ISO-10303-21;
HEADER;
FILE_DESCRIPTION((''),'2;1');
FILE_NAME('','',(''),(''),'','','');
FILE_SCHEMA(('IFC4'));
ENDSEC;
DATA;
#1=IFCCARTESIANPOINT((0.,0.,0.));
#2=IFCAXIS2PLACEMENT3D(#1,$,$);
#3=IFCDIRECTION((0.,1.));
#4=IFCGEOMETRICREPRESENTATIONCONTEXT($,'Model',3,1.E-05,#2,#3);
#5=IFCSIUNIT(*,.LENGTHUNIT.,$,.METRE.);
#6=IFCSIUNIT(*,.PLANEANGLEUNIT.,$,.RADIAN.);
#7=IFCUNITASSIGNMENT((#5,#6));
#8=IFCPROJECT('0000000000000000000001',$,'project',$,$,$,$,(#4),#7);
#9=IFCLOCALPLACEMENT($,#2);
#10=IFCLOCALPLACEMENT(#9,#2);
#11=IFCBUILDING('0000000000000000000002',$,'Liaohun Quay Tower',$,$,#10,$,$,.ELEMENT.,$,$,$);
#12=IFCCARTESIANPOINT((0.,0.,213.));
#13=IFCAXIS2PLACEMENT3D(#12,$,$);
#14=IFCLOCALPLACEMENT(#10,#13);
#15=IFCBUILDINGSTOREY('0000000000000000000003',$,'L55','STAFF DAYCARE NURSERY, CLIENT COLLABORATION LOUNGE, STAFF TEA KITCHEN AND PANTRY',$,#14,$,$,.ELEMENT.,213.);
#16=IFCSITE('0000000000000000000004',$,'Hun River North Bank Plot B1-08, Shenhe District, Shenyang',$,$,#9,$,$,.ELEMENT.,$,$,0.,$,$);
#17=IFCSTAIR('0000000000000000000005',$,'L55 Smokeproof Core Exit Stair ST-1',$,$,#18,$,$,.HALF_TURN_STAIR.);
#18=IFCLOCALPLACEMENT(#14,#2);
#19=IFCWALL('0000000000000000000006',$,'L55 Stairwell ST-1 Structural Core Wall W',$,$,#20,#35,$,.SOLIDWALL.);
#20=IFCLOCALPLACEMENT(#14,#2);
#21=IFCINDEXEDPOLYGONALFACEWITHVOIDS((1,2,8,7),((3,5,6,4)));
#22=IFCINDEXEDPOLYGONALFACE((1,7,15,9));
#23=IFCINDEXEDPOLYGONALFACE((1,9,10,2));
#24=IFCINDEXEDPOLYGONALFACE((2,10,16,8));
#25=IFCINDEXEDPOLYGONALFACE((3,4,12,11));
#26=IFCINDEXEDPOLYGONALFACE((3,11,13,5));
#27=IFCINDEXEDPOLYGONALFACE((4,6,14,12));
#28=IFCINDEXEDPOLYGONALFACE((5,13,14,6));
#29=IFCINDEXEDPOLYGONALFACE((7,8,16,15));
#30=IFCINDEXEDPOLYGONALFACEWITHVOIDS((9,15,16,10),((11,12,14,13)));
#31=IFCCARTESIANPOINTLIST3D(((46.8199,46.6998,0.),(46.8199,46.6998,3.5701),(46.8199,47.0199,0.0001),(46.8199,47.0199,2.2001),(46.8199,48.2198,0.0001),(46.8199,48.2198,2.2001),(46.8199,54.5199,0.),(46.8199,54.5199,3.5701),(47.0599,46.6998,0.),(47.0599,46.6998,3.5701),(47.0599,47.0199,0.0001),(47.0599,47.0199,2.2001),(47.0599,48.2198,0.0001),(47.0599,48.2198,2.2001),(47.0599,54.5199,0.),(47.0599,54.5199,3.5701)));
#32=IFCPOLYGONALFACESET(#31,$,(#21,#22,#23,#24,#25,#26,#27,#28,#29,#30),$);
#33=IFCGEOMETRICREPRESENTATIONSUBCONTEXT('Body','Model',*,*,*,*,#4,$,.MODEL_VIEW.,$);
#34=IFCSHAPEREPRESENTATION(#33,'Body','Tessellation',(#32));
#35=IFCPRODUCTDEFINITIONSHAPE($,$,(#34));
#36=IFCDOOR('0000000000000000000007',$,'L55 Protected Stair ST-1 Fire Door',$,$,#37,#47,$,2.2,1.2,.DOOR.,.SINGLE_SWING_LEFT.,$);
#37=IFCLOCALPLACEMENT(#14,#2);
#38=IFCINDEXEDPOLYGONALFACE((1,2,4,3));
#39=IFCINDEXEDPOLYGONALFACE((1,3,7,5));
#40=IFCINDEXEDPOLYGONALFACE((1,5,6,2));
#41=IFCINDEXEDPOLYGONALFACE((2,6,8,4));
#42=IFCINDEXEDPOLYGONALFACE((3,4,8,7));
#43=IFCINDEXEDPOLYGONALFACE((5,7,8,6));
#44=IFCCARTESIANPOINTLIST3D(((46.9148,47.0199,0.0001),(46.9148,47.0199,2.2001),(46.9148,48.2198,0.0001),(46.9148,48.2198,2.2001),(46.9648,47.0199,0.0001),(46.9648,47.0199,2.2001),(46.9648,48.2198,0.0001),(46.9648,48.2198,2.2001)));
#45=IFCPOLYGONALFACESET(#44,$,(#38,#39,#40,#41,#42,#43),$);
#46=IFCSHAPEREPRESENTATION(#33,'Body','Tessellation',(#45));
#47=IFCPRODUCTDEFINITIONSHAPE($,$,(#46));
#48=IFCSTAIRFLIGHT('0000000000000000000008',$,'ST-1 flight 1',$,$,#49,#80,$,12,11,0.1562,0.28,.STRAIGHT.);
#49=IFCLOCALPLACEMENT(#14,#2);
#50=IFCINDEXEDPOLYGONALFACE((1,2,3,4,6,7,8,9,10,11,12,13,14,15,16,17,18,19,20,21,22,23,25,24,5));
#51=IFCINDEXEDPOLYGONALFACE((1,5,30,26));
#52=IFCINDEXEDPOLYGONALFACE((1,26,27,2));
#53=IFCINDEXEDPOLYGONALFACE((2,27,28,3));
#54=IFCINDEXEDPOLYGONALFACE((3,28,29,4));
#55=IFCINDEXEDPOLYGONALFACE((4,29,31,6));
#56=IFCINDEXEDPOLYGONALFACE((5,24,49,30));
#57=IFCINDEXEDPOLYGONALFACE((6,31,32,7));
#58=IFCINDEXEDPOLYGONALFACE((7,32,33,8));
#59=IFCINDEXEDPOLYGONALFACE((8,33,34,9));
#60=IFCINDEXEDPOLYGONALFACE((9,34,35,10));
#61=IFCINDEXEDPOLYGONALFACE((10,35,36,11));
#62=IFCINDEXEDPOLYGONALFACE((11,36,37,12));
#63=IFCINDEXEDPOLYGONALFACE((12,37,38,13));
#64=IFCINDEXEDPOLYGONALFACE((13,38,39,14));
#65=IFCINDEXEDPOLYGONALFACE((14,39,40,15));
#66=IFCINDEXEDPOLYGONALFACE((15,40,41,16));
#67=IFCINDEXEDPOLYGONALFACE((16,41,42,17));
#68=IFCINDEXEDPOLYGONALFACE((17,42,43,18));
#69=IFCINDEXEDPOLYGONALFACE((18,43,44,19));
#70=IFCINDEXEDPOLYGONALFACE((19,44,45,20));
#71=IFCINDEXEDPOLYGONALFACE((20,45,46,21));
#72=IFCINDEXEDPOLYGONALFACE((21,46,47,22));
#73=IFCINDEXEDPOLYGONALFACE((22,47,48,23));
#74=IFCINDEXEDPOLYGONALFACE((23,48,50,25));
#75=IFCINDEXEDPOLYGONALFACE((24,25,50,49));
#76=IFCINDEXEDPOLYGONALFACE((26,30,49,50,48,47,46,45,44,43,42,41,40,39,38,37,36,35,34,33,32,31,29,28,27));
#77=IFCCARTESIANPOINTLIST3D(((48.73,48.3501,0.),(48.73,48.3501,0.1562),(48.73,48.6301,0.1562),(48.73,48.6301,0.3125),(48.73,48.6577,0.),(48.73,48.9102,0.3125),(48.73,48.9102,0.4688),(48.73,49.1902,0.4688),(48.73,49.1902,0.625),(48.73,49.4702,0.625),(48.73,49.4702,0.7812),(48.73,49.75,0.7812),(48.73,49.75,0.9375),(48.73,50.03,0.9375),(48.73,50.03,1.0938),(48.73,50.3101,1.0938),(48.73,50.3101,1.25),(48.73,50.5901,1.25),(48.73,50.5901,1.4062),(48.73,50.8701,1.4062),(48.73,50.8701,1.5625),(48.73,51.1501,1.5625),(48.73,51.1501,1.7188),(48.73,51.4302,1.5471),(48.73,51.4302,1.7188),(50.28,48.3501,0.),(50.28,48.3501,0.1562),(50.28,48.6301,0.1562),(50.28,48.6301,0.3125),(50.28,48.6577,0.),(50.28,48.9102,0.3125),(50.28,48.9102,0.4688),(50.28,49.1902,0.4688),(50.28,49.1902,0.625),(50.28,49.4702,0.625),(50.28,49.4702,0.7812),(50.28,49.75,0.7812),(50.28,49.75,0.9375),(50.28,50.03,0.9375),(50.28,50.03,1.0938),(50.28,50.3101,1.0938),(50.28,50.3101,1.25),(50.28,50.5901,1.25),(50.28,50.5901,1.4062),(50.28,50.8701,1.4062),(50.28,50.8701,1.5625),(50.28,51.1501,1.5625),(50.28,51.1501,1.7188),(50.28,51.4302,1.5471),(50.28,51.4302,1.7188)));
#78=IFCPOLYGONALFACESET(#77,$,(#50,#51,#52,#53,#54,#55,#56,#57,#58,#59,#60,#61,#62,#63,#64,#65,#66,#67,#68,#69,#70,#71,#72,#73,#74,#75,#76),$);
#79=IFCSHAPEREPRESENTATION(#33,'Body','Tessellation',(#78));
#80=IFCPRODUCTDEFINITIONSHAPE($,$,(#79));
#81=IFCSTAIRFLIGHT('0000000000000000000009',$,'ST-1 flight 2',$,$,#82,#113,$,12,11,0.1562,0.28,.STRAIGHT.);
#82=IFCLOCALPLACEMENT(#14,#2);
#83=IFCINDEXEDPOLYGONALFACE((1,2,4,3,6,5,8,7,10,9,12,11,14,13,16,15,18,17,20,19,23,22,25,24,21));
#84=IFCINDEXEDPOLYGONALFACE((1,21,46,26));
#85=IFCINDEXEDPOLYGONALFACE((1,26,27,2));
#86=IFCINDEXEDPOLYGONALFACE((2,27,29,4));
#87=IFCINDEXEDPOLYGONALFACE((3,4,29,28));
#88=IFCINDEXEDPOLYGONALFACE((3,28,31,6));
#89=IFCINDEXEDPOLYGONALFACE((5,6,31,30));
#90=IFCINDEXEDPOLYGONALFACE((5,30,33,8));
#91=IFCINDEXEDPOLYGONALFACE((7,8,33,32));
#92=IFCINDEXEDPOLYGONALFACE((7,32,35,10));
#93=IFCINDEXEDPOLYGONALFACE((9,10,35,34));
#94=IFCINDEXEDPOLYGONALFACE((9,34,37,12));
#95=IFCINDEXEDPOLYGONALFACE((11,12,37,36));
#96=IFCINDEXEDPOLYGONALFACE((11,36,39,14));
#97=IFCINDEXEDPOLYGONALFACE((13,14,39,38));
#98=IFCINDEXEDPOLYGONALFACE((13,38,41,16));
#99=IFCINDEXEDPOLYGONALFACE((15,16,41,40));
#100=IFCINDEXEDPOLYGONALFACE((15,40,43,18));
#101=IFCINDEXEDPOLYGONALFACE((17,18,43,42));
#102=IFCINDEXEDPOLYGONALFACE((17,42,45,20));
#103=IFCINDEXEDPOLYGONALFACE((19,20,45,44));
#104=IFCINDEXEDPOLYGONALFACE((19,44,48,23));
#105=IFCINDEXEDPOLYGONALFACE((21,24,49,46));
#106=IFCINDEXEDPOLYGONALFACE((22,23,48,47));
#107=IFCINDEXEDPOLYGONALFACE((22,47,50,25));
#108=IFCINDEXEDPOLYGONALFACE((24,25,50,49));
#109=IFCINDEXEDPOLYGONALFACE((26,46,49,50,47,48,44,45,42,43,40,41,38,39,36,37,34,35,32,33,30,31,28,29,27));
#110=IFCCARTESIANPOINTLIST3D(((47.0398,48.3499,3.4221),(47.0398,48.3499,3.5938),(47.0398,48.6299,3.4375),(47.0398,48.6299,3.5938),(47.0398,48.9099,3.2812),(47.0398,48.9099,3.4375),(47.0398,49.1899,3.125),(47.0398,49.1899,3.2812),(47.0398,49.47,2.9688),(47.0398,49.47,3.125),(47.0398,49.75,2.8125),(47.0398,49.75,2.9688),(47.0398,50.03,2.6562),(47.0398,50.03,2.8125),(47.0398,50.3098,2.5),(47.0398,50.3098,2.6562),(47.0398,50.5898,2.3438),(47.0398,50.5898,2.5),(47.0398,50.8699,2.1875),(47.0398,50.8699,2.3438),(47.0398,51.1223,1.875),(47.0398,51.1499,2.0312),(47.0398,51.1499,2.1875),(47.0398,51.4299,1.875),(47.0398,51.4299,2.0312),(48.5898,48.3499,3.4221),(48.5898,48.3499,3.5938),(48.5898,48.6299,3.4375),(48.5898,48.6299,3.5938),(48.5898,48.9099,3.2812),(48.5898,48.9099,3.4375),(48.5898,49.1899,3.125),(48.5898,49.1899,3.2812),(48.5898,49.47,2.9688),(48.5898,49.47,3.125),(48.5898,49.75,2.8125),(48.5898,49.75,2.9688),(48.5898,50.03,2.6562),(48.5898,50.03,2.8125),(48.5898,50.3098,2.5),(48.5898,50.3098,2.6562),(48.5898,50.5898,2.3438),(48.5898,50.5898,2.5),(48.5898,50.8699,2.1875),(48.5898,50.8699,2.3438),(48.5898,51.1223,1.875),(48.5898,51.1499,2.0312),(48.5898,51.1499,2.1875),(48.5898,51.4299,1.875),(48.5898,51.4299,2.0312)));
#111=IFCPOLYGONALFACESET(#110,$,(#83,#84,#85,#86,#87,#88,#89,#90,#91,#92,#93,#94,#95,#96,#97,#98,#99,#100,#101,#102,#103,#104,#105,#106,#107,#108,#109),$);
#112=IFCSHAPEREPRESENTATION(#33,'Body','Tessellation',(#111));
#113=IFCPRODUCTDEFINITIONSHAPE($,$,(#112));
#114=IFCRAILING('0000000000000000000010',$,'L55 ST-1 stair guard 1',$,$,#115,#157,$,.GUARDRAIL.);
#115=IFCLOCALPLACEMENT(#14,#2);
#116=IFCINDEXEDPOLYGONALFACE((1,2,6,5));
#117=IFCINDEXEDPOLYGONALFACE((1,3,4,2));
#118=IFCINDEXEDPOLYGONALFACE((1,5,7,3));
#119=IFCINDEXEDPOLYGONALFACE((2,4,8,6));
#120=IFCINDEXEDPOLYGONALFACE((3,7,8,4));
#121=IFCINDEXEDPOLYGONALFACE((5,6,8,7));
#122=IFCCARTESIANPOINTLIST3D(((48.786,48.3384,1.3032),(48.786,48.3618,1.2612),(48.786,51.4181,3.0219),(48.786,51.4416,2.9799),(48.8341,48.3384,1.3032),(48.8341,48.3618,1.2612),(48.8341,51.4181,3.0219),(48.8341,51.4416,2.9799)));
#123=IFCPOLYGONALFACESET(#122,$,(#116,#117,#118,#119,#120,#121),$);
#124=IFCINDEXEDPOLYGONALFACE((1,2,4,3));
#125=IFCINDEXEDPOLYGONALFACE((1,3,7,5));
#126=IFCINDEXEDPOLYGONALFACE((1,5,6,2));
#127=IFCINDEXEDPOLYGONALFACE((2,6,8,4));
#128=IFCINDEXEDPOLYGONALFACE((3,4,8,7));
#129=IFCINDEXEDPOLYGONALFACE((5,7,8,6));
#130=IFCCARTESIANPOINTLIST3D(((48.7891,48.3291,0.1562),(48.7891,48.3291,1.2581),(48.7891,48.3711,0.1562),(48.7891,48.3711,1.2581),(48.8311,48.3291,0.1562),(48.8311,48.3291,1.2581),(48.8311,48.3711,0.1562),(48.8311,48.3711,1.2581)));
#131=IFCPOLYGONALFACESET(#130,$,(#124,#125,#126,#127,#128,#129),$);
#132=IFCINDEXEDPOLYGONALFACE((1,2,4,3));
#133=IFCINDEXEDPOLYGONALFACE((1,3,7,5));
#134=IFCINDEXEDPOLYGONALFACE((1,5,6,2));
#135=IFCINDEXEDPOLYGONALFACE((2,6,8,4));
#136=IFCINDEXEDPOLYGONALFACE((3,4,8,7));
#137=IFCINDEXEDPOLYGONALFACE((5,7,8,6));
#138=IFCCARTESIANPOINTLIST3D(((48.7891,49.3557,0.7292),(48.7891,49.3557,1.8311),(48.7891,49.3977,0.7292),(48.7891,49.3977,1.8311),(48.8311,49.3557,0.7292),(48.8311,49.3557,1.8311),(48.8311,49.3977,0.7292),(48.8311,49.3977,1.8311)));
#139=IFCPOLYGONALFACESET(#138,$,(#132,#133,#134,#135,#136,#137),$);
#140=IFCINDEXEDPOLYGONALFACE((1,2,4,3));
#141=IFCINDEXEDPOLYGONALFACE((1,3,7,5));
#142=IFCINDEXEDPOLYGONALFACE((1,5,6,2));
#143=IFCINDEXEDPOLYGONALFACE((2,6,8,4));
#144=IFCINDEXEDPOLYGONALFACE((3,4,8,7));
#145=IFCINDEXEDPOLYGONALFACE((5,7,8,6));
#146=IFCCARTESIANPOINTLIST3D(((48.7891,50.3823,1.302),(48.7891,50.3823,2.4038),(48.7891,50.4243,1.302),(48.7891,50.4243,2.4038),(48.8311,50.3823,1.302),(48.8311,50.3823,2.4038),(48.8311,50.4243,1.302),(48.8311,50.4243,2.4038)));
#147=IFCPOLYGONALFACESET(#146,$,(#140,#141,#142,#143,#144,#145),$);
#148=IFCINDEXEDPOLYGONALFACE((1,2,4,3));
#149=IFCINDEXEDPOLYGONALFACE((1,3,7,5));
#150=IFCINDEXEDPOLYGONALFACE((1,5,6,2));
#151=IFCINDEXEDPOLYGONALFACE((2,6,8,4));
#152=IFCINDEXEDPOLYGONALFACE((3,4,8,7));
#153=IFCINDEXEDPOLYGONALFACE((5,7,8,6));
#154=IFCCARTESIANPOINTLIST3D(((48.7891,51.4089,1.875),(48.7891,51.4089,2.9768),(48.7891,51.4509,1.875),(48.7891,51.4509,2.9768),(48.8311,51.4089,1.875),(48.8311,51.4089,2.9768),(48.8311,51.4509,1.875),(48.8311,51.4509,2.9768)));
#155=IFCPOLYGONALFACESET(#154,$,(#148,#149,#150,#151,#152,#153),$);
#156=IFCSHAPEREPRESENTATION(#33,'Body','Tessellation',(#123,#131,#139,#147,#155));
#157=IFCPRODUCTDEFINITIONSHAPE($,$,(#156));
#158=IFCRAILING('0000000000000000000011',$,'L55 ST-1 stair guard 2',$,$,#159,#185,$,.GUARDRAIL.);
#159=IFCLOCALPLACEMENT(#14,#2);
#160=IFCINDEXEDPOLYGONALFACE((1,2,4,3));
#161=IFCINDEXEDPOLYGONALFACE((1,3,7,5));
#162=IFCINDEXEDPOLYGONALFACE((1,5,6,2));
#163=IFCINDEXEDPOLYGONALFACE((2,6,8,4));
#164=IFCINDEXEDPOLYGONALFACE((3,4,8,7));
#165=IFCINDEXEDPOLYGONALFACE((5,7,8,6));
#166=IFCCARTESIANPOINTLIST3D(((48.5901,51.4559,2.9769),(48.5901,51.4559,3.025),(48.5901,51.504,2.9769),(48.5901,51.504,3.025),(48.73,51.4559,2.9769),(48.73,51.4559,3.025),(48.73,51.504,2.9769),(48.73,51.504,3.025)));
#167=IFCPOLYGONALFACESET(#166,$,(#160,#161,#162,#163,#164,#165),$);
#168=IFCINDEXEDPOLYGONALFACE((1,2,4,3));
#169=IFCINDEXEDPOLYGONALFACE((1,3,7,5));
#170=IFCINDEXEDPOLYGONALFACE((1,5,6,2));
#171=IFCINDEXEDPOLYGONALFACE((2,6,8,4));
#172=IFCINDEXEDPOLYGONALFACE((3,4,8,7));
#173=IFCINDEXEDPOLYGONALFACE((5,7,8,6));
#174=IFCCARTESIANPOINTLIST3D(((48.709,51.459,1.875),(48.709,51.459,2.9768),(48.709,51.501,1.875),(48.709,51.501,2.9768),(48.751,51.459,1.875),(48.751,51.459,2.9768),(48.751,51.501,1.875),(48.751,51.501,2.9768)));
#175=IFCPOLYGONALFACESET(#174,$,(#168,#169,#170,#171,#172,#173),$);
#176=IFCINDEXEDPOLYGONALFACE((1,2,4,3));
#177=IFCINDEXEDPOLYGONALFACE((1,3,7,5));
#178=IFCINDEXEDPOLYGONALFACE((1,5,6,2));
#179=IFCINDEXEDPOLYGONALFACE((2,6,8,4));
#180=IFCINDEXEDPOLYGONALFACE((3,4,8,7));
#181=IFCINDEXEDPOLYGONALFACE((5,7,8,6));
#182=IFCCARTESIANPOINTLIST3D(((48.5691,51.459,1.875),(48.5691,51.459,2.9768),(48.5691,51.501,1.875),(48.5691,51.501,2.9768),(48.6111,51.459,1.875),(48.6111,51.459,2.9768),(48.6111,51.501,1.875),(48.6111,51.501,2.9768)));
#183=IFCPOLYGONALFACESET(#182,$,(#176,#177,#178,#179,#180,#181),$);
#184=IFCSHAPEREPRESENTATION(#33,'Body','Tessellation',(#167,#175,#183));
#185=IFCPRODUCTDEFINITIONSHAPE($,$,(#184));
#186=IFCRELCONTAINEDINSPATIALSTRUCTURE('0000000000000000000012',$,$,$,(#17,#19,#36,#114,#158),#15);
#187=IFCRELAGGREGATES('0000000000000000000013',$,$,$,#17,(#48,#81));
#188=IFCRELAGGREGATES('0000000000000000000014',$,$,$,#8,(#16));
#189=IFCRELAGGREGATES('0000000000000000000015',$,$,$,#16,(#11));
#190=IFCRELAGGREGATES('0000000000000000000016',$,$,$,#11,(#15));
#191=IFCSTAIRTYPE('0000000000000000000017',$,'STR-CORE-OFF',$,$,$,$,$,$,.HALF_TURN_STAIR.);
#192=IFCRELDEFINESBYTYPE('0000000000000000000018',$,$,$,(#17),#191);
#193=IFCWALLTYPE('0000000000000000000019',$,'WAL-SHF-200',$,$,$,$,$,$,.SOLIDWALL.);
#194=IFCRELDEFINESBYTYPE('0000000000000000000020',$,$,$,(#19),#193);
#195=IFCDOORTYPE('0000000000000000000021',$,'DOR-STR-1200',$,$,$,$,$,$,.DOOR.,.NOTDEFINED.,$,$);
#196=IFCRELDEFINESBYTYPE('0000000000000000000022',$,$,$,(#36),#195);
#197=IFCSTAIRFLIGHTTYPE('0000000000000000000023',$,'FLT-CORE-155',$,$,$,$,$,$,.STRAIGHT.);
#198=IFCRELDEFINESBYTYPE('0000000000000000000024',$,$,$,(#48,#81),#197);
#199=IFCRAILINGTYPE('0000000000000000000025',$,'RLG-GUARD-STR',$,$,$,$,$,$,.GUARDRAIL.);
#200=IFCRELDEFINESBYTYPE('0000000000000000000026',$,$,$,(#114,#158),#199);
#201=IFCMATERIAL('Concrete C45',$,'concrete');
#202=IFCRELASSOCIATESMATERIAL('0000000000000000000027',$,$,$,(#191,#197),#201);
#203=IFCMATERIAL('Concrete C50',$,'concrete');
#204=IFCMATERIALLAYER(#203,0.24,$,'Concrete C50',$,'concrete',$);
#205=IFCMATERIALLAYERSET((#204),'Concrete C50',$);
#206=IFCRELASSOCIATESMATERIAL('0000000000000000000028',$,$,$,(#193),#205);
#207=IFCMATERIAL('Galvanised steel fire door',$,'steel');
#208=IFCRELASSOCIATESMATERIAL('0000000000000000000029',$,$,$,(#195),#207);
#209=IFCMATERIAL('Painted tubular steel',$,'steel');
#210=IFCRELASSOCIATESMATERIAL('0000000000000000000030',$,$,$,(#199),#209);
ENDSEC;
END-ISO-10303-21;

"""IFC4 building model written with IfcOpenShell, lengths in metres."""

from ifc_helpers import new_model, si_unit, direction, frame, frame_2d, origin, origin_2d, place, context, subcontext, project, spatial, polyline, rectangle, outline, extrude, source, transform, mapped, material, layer, layer_set, type_object, element, fill, aggregate, save


model = new_model("IFC4")

# Units and contexts
model_context = context("Model", 3, precision=1e-05, world=origin(), true_north=direction((0.0, 1.0)))
body_context = subcontext(model_context, "Body", "Model", "MODEL_VIEW")
ifc_project = project(units=[si_unit("LENGTHUNIT", "METRE"), si_unit("PLANEANGLEUNIT", "RADIAN")], contexts=[model_context])

# Site, building, storey
site_placement = place(None, origin())
site = spatial("IfcSite", under=ifc_project, at=site_placement, Name="Hun River North Bank Plot B1-08, Shenhe District, Shenyang", CompositionType="ELEMENT", RefElevation=0.0)
building_placement = place(site_placement, origin())
building = spatial("IfcBuilding", under=site, at=building_placement, Name="Liaohun Quay Tower", CompositionType="ELEMENT")
storey_placement = place(building_placement, frame((0.0, 0.0, 213.0)))
storey = spatial("IfcBuildingStorey", under=building, at=storey_placement, Name="L55", Description="STAFF DAYCARE NURSERY, CLIENT COLLABORATION LOUNGE, STAFF TEA KITCHEN AND PANTRY", CompositionType="ELEMENT", Elevation=213.0)

# Stair
ifc_material_1 = material(Name="Concrete C45", Category="concrete")
stair_type = type_object("IfcStairType", Name="STR-CORE-OFF", PredefinedType="HALF_TURN_STAIR", material=ifc_material_1)
stair_1_placement = place(storey_placement, origin())
stair_1 = element("IfcStair", 1, at=stair_1_placement, inside=storey, type_object=stair_type, Name="L55 Smokeproof Core Exit Stair ST-1", PredefinedType="HALF_TURN_STAIR")

# Shared definitions
ifc_material_2 = material(Name="Concrete C50", Category="concrete")
ifc_layer_1 = layer(ifc_material_2, 0.24, Name="Concrete C50", Category="concrete")
ifc_layer_set_1 = layer_set([ifc_layer_1], Name="Concrete C50")
wall_type_1 = type_object("IfcWallType", Name="WAL-SHF-200", PredefinedType="SOLIDWALL", material=ifc_layer_set_1)

# Wall, opening, door
wall_1_placement = place(storey_placement, frame((46.9399, 54.52, 0.0), z_axis=(0.0, 0.0, 1.0), x_axis=(0.0, -1.0, 0.0)))
wall_1 = element("IfcWall", 2, at=wall_1_placement, inside=storey, type_object=wall_type_1, Name="L55 Stairwell ST-1 Structural Core Wall W", PredefinedType="SOLIDWALL", context=body_context, shape_type="SweptSolid", body=[
    extrude(rectangle(XDim=7.8201, YDim=0.24, at=frame_2d((3.9102, 0.0))), origin(), (0.0, 0.0, 1.0), 3.5701),
])
shared_shape_1 = source(origin(), body_context, "Body", "SweptSolid", [
    extrude(rectangle(XDim=1.2, YDim=2.2, at=frame_2d((0.6001, 1.1001))), frame((0.0, 0.1299, 0.0), z_axis=(0.0, -1.0, 0.0), x_axis=(1.0, 0.0, 0.0)), (0.0, 0.0, 1.0), 0.26),
])
opening_1_placement = place(wall_1_placement, frame((6.3, 0.0, 0.0)))
opening_1 = element("IfcOpeningElement", 3, at=opening_1_placement, cuts=wall_1, PredefinedType="OPENING", context=body_context, shape_type="MappedRepresentation", body=[
    mapped(shared_shape_1, transform((0.0, 0.0, 0.0), x_axis=(1.0, 0.0, 0.0), y_axis=(0.0, 1.0, 0.0), z_axis=(0.0, 0.0, 1.0), scale=1.0)),
])
ifc_material_3 = material(Name="Galvanised steel fire door", Category="steel")
door_type_1 = type_object("IfcDoorType", Name="DOR-STR-1200", OperationType="NOTDEFINED", PredefinedType="DOOR", material=ifc_material_3)
shared_shape_2 = source(origin(), body_context, "Body", "SweptSolid", [
    extrude(rectangle(XDim=1.2, YDim=2.2, at=frame_2d((0.6001, 1.1001))), frame((0.0, 0.0249, 0.0), z_axis=(0.0, -1.0, 0.0), x_axis=(1.0, 0.0, 0.0)), (0.0, 0.0, 1.0), 0.05),
])
door_1_placement = place(opening_1_placement, origin())
door_1 = element("IfcDoor", 4, at=door_1_placement, inside=storey, type_object=door_type_1, Name="L55 Protected Stair ST-1 Fire Door", OperationType="SINGLE_SWING_LEFT", OverallHeight=2.2, OverallWidth=1.2, PredefinedType="DOOR", context=body_context, shape_type="MappedRepresentation", body=[
    mapped(shared_shape_2, transform((0.0, 0.0, 0.0), x_axis=(1.0, 0.0, 0.0), y_axis=(0.0, 1.0, 0.0), z_axis=(0.0, 0.0, 1.0), scale=1.0)),
])
fill(opening_1, door_1)

# Stair flights
stair_flight_type = type_object("IfcStairFlightType", Name="FLT-CORE-155", PredefinedType="STRAIGHT", material=ifc_material_1)
stair_flight_1_placement = place(storey_placement, frame((49.5049, 48.3501, 0.0), z_axis=(0.0, 0.0, 1.0), x_axis=(0.0, 1.0, 0.0)))
stair_flight_1 = element("IfcStairFlight", 5, at=stair_flight_1_placement, type_object=stair_flight_type, Name="ST-1 flight 1", NumberOfRisers=12, NumberOfTreads=11, PredefinedType="STRAIGHT", RiserHeight=0.1562, TreadLength=0.28, context=body_context, shape_type="SweptSolid", body=[
    extrude(outline(polyline([(0.0, 0.0), (0.0, 0.1562), (0.28, 0.1562), (0.28, 0.3125), (0.5601, 0.3125), (0.5601, 0.4688), (0.8401, 0.4688), (0.8401, 0.625), (1.1201, 0.625), (1.1201, 0.7812), (1.3999, 0.7812), (1.3999, 0.9375), (1.6799, 0.9375), (1.6799, 1.0938), (1.96, 1.0938), (1.96, 1.25), (2.24, 1.25), (2.24, 1.4062), (2.52, 1.4062), (2.52, 1.5625), (2.8, 1.5625), (2.8, 1.7188), (3.0801, 1.7188), (3.0801, 1.875), (3.0801, 1.5471), (0.3076, 0.0), (0.0, 0.0)])), frame((0.0, 0.7749, 0.0), z_axis=(0.0, -1.0, 0.0), x_axis=(1.0, 0.0, 0.0)), (0.0, 0.0, 1.0), 1.55),
])
stair_flight_2_placement = place(storey_placement, frame((47.8149, 51.4299, 1.875), z_axis=(0.0, 0.0, 1.0), x_axis=(0.0, -1.0, 0.0)))
stair_flight_2 = element("IfcStairFlight", 6, at=stair_flight_2_placement, type_object=stair_flight_type, Name="ST-1 flight 2", NumberOfRisers=12, NumberOfTreads=11, PredefinedType="STRAIGHT", RiserHeight=0.1562, TreadLength=0.28, context=body_context, shape_type="SweptSolid", body=[
    extrude(outline(polyline([(0.0, 0.0), (0.0, 0.1562), (0.28, 0.1562), (0.28, 0.3125), (0.5601, 0.3125), (0.5601, 0.4688), (0.8401, 0.4688), (0.8401, 0.625), (1.1201, 0.625), (1.1201, 0.7812), (1.3999, 0.7812), (1.3999, 0.9375), (1.6799, 0.9375), (1.6799, 1.0938), (1.96, 1.0938), (1.96, 1.25), (2.24, 1.25), (2.24, 1.4062), (2.52, 1.4062), (2.52, 1.5625), (2.8, 1.5625), (2.8, 1.7188), (3.0801, 1.7188), (3.0801, 1.875), (3.0801, 1.5471), (0.3076, 0.0), (0.0, 0.0)])), frame((0.0, 0.7749, 0.0), z_axis=(0.0, -1.0, 0.0), x_axis=(1.0, 0.0, 0.0)), (0.0, 0.0, 1.0), 1.55),
])
aggregate(stair_1, [stair_flight_1, stair_flight_2])

# Railings
ifc_material_4 = material(Name="Painted tubular steel", Category="steel")
railing_type_1 = type_object("IfcRailingType", Name="RLG-GUARD-STR", PredefinedType="GUARDRAIL", material=ifc_material_4)
railing_1_placement = place(storey_placement, frame((48.8101, 48.3501, 0.1562)))
element("IfcRailing", 7, at=railing_1_placement, inside=storey, type_object=railing_type_1, Name="L55 ST-1 stair guard 1", PredefinedType="GUARDRAIL", context=body_context, shape_type="SweptSolid", body=[
    extrude(rectangle(XDim=0.0481, YDim=0.0481, at=origin_2d()), frame((0.0, 0.0, 1.126), z_axis=(0.0, 0.873225, 0.487317), x_axis=(-1.0, 0.0, 0.0)), (0.0, 0.0, 1.0), 3.5269),
    extrude(rectangle(XDim=0.042, YDim=0.042, at=origin_2d()), origin(), (0.0, 0.0, 1.0), 1.1018),
    extrude(rectangle(XDim=0.042, YDim=0.042, at=origin_2d()), frame((0.0, 1.0266, 0.573)), (0.0, 0.0, 1.0), 1.1018),
    extrude(rectangle(XDim=0.042, YDim=0.042, at=origin_2d()), frame((0.0, 2.0532, 1.1458)), (0.0, 0.0, 1.0), 1.1018),
    extrude(rectangle(XDim=0.042, YDim=0.042, at=origin_2d()), frame((0.0, 3.0798, 1.7188)), (0.0, 0.0, 1.0), 1.1018),
])
railing_2_placement = place(storey_placement, frame((48.73, 51.48, 1.875)))
element("IfcRailing", 8, at=railing_2_placement, inside=storey, type_object=railing_type_1, Name="L55 ST-1 stair guard 2", PredefinedType="GUARDRAIL", context=body_context, shape_type="SweptSolid", body=[
    extrude(rectangle(XDim=0.0481, YDim=0.0481, at=origin_2d()), frame((0.0, 0.0, 1.126), z_axis=(-1.0, 0.0, 0.0), x_axis=(0.0, -1.0, 0.0)), (0.0, 0.0, 1.0), 0.1399),
    extrude(rectangle(XDim=0.042, YDim=0.042, at=origin_2d()), origin(), (0.0, 0.0, 1.0), 1.1018),
    extrude(rectangle(XDim=0.042, YDim=0.042, at=origin_2d()), frame((-0.1399, 0.0, 0.0)), (0.0, 0.0, 1.0), 1.1018),
])

save(model, "model.ifc")
